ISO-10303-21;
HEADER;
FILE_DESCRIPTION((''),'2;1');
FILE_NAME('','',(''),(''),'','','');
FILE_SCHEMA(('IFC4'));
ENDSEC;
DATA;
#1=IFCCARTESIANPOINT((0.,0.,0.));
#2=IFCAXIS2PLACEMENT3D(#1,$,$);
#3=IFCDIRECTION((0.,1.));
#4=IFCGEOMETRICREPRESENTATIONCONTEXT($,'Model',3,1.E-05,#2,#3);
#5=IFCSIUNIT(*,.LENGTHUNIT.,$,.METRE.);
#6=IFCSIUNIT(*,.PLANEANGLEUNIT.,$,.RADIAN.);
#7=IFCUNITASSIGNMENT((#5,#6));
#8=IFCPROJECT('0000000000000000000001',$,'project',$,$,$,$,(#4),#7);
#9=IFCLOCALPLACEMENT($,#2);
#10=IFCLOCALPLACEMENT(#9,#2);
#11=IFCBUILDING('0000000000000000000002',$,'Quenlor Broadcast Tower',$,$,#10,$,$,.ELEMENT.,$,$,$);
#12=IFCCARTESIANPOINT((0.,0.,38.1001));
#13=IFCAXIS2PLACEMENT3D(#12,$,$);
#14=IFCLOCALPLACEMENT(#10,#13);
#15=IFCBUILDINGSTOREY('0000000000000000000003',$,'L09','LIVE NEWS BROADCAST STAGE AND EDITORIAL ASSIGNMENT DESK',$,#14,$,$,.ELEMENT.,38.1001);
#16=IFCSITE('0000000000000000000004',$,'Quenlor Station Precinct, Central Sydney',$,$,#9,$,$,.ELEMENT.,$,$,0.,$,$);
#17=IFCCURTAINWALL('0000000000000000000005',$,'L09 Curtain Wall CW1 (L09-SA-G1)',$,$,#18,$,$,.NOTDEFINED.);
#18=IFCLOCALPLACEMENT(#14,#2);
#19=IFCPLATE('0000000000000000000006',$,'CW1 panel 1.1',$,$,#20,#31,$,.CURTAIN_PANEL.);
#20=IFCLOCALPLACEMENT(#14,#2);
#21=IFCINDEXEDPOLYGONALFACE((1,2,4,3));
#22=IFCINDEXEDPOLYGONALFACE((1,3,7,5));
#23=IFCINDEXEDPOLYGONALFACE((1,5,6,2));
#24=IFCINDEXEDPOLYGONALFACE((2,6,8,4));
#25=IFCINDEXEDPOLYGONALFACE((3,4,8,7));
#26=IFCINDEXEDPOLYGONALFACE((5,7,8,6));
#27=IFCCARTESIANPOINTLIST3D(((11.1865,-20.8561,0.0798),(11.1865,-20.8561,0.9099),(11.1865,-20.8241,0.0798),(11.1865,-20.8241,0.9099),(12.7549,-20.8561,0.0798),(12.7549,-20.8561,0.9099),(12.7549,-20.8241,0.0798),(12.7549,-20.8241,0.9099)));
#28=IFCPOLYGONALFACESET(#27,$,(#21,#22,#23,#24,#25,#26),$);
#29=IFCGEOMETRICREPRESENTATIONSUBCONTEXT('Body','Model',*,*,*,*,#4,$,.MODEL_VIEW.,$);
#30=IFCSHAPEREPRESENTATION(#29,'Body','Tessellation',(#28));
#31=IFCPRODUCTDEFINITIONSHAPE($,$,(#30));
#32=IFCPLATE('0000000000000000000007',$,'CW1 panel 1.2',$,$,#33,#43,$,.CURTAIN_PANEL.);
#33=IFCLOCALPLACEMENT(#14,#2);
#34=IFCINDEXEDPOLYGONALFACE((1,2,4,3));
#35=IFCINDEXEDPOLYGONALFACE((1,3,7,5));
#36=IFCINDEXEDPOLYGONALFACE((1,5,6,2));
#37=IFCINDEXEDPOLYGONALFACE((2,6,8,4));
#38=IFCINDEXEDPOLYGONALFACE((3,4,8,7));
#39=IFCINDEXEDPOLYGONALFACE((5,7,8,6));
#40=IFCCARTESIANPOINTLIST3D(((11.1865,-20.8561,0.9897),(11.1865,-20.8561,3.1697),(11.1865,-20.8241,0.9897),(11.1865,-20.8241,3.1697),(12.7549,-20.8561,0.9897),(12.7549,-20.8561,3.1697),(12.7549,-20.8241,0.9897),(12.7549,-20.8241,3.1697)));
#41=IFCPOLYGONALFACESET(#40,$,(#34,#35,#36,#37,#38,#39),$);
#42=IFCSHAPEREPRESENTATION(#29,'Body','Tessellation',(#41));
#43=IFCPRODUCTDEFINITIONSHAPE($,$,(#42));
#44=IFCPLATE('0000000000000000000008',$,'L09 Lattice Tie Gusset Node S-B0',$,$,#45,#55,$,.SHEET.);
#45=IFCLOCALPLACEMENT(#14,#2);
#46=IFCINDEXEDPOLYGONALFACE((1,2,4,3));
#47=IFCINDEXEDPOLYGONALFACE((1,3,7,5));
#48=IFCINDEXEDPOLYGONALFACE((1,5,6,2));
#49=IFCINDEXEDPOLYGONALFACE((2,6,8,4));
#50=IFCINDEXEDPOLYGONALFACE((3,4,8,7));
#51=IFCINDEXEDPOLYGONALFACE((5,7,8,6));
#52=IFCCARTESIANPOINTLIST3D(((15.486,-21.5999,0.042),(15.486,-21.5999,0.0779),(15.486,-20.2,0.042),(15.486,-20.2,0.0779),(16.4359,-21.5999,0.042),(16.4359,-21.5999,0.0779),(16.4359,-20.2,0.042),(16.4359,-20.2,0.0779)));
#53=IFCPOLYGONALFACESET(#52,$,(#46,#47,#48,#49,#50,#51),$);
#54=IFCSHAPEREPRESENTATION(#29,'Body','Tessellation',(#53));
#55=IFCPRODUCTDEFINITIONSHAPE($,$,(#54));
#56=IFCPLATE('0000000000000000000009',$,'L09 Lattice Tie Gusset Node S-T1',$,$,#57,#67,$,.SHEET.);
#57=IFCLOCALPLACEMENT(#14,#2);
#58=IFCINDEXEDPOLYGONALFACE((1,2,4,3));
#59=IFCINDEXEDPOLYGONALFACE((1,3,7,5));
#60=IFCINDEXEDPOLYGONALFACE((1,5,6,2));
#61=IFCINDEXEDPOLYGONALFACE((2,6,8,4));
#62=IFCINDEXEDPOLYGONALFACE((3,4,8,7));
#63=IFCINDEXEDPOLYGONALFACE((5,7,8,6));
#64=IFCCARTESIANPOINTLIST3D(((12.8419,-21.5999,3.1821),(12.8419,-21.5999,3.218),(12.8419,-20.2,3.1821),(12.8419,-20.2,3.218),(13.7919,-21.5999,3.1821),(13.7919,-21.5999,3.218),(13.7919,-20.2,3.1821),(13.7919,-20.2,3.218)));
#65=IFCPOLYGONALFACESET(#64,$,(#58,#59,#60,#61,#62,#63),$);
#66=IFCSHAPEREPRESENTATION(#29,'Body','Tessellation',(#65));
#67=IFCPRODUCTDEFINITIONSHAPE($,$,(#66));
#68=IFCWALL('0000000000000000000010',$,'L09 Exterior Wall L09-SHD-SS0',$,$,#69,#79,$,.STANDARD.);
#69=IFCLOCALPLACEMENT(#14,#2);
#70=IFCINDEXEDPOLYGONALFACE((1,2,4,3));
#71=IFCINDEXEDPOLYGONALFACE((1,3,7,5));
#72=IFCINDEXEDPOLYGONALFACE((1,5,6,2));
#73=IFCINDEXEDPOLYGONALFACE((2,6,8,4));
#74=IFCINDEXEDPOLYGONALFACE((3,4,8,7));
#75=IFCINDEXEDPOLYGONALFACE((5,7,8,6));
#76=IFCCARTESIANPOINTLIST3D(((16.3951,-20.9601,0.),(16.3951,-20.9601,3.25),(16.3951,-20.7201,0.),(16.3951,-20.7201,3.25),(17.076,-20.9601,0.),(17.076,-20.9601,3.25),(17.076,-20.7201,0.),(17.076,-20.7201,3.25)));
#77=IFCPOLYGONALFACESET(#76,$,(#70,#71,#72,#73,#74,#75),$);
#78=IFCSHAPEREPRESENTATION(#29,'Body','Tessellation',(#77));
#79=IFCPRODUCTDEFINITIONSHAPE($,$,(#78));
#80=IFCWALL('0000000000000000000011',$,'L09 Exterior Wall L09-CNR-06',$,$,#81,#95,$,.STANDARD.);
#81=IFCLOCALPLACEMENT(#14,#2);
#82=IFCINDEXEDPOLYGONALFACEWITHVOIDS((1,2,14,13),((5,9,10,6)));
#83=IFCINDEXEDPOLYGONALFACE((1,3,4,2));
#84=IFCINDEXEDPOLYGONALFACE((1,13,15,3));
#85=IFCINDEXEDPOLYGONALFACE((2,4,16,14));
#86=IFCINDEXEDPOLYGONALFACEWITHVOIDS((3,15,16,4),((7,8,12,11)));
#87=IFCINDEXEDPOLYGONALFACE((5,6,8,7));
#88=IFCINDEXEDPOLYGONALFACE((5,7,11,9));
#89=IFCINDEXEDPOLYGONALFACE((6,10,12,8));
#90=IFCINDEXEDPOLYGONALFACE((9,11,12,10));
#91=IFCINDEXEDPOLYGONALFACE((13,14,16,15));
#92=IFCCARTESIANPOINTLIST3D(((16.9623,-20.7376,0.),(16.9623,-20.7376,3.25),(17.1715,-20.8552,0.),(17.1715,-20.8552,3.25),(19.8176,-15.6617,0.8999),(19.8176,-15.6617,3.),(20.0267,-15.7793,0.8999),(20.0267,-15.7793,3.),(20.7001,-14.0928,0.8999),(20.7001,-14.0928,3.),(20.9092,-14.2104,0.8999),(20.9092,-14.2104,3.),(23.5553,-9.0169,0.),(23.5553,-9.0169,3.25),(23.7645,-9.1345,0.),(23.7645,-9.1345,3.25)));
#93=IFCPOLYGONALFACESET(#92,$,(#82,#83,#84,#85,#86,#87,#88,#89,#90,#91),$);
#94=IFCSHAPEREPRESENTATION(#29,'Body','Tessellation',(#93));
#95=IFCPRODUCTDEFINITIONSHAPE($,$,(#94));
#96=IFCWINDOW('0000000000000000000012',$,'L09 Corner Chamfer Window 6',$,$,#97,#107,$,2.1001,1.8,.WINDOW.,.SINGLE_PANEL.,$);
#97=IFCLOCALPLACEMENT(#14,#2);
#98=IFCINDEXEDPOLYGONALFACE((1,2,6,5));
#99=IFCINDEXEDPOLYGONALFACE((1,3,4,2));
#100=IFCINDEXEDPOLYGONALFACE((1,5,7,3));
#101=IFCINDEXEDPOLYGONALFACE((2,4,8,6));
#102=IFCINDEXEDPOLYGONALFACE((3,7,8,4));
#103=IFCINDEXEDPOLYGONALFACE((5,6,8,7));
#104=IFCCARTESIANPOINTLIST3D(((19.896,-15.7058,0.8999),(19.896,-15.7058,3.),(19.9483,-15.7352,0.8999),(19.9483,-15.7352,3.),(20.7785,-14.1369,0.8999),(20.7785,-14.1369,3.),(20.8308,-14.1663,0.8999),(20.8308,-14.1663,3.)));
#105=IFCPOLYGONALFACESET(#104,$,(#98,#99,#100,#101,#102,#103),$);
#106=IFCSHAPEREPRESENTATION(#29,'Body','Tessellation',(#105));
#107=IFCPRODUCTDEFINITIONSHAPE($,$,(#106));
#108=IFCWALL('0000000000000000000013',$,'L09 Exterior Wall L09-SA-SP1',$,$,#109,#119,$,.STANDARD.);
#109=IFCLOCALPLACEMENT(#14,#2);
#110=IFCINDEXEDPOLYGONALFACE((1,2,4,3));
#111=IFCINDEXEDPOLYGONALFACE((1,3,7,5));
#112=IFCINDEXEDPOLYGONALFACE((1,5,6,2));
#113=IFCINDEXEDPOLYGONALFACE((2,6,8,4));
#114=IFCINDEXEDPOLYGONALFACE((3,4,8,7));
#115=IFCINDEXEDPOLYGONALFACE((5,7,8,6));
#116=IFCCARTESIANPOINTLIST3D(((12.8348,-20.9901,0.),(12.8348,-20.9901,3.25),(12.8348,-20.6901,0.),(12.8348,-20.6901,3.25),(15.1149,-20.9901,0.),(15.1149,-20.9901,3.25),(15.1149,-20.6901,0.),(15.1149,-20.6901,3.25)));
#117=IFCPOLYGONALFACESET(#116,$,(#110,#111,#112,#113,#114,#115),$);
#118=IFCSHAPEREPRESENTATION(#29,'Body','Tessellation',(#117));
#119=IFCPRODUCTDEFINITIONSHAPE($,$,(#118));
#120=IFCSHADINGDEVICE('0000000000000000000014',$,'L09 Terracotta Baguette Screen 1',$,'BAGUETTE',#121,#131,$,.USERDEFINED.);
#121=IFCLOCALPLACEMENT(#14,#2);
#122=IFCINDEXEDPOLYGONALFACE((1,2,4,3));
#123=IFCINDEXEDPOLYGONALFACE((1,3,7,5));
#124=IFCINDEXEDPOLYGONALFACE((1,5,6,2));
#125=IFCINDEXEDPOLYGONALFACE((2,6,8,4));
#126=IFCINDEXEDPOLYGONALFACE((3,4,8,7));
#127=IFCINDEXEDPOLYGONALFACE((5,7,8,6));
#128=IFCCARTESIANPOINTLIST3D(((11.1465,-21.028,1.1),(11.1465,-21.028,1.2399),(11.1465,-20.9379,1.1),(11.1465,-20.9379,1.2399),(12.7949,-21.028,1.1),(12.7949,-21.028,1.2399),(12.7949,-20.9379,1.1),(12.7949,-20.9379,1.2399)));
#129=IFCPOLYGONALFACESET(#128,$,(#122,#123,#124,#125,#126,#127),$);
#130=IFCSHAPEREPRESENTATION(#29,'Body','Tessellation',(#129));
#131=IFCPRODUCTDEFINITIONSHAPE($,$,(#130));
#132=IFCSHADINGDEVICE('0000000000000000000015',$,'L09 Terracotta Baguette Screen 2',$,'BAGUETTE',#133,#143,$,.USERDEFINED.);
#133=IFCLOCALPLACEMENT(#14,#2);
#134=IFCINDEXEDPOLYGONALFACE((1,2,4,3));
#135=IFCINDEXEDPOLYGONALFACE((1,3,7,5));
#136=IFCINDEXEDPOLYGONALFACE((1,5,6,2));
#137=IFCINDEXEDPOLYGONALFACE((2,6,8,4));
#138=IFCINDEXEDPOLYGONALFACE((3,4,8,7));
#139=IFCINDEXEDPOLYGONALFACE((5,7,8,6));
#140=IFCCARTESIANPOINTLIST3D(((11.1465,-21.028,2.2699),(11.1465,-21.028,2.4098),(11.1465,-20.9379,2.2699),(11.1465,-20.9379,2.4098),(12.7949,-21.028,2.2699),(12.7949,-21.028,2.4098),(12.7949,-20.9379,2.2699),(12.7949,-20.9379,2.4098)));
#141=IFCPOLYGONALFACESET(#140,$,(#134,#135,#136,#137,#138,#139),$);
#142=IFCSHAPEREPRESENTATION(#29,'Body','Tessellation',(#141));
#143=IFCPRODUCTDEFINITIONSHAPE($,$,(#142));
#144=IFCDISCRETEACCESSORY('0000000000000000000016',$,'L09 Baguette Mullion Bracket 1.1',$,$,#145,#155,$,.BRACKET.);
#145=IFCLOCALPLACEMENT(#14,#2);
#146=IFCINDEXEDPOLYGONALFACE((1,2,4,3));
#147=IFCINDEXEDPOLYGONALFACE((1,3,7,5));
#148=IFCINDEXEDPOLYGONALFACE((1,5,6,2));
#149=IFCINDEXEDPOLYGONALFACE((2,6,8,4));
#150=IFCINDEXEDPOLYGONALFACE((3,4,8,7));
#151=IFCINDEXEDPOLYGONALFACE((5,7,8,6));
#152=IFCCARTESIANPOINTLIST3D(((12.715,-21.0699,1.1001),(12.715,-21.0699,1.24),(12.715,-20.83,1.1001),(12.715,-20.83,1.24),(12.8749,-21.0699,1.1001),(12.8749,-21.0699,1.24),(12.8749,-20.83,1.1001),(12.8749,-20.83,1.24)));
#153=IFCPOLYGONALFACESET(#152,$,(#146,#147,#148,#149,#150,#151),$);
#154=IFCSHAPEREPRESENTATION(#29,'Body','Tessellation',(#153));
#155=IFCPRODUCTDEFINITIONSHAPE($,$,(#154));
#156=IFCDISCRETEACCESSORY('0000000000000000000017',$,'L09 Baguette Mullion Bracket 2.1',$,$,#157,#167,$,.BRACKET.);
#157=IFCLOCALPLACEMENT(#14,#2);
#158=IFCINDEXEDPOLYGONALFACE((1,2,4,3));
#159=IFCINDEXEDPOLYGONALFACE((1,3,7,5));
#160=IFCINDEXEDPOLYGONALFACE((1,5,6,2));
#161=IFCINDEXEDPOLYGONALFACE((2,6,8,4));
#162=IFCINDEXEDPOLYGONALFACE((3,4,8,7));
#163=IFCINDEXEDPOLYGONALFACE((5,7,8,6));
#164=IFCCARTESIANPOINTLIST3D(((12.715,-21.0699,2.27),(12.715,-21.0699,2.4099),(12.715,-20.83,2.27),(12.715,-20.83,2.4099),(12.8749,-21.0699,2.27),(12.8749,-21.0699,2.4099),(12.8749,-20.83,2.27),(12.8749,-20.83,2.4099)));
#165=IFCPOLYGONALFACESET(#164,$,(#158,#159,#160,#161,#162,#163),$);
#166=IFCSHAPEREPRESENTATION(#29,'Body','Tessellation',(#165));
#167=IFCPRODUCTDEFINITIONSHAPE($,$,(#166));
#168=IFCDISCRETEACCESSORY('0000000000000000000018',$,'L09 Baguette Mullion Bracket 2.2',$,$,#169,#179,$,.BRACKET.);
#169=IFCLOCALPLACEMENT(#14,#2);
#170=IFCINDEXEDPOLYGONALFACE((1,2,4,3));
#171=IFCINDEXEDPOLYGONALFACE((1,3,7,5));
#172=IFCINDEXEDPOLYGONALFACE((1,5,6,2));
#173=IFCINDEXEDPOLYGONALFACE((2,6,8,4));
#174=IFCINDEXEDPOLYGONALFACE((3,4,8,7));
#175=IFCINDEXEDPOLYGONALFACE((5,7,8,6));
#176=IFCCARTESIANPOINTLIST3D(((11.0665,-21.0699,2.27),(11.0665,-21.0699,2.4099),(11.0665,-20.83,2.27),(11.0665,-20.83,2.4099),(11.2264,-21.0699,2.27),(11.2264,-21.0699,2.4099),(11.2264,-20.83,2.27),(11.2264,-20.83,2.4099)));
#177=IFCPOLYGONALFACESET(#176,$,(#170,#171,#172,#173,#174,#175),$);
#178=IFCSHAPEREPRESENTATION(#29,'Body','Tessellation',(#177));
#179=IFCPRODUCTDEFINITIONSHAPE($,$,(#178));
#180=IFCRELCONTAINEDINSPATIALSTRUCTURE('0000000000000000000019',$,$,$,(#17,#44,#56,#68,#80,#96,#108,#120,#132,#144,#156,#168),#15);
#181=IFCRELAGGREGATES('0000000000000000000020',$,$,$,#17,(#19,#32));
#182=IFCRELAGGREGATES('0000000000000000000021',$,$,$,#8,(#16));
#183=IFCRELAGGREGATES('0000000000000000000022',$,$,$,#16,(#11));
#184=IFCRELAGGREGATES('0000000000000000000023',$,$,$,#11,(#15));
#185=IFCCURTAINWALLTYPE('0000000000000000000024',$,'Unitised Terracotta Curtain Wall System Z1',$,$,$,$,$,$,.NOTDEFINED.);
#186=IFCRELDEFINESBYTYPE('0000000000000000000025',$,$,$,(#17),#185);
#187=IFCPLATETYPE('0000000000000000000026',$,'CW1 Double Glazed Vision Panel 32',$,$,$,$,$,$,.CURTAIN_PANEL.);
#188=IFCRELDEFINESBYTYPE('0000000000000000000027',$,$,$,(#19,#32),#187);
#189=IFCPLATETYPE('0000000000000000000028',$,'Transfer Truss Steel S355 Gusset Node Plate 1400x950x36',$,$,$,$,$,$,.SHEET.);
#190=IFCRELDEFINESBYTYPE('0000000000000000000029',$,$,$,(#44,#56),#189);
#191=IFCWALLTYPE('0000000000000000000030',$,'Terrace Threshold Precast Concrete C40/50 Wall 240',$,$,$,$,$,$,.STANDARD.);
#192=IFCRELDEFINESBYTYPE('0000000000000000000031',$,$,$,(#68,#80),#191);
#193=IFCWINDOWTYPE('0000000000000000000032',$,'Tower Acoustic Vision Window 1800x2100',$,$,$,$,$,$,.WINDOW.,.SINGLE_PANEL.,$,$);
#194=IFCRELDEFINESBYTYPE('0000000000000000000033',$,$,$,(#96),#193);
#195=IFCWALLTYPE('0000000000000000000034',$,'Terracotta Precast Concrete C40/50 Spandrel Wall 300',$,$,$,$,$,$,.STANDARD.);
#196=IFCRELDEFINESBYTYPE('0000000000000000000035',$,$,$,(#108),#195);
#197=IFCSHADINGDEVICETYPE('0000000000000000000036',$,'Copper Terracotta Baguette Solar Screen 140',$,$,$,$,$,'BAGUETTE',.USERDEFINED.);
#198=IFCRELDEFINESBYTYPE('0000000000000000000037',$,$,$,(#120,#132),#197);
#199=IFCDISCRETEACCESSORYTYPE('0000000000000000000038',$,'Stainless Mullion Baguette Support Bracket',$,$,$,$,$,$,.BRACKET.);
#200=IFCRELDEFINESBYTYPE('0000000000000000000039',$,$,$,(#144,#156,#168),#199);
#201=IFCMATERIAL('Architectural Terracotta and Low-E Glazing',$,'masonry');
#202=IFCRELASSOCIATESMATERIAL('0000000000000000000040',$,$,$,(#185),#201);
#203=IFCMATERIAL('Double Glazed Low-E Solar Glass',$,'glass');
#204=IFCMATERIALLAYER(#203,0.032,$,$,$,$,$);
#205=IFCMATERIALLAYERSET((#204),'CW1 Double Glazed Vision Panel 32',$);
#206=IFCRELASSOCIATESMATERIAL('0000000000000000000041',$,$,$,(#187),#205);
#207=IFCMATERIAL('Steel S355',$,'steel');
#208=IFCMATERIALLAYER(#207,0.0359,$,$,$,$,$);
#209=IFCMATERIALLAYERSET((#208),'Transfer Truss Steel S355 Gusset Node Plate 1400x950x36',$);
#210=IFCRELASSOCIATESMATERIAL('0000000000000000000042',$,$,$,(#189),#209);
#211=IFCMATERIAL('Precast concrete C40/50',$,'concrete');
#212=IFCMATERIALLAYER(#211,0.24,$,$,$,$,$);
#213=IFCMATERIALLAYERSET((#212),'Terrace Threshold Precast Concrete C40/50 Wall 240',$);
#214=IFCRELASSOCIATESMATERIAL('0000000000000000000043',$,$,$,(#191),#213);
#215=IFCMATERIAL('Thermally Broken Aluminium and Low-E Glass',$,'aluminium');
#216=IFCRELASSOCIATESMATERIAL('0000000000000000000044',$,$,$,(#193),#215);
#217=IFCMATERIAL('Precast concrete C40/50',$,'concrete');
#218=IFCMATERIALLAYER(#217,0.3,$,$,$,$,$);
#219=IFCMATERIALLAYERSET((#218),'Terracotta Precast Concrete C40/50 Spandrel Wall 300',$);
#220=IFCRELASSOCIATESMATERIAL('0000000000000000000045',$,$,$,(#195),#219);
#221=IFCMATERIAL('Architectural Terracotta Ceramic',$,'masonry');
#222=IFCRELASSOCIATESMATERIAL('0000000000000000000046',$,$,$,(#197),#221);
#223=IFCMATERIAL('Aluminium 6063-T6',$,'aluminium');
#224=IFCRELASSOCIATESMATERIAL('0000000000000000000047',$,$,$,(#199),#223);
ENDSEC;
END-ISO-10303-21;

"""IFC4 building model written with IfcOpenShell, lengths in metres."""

from ifc_helpers import new_model, si_unit, direction, frame, frame_2d, origin, origin_2d, place, context, subcontext, project, spatial, rectangle, extrude, material, layer, layer_set, material_profile, profile_set, type_object, element, fill, aggregate, save


model = new_model("IFC4")

# Units and contexts
model_context = context("Model", 3, precision=1e-05, world=origin(), true_north=direction((0.0, 1.0)))
body_context = subcontext(model_context, "Body", "Model", "MODEL_VIEW")
ifc_project = project(units=[si_unit("LENGTHUNIT", "METRE"), si_unit("PLANEANGLEUNIT", "RADIAN")], contexts=[model_context])

# Site, building, storey
site_placement = place(None, origin())
site = spatial("IfcSite", under=ifc_project, at=site_placement, Name="Quenlor Station Precinct, Central Sydney", CompositionType="ELEMENT", RefElevation=0.0)
building_placement = place(site_placement, origin())
building = spatial("IfcBuilding", under=site, at=building_placement, Name="Quenlor Broadcast Tower", CompositionType="ELEMENT")
storey_placement = place(building_placement, frame((0.0, 0.0, 38.1001)))
storey = spatial("IfcBuildingStorey", under=building, at=storey_placement, Name="L09", Description="LIVE NEWS BROADCAST STAGE AND EDITORIAL ASSIGNMENT DESK", CompositionType="ELEMENT", Elevation=38.1001)

# Curtain wall
ifc_material_1 = material(Name="Architectural Terracotta and Low-E Glazing", Category="masonry")
curtain_wall_type = type_object("IfcCurtainWallType", Name="Unitised Terracotta Curtain Wall System Z1", PredefinedType="NOTDEFINED", material=ifc_material_1)
curtain_wall_placement = place(storey_placement, origin())
curtain_wall = element("IfcCurtainWall", 1, at=curtain_wall_placement, inside=storey, type_object=curtain_wall_type, Name="L09 Curtain Wall CW1 (L09-SA-G1)", PredefinedType="NOTDEFINED")

# Plates
ifc_material_2 = material(Name="Double Glazed Low-E Solar Glass", Category="glass")
ifc_layer_1 = layer(ifc_material_2, 0.032)
ifc_layer_set_1 = layer_set([ifc_layer_1], Name="CW1 Double Glazed Vision Panel 32")
plate_type_1 = type_object("IfcPlateType", Name="CW1 Double Glazed Vision Panel 32", PredefinedType="CURTAIN_PANEL", material=ifc_layer_set_1)
plate_1_placement = place(storey_placement, frame((11.9707, -20.8401, 0.0798), z_axis=(0.0, 0.0, 1.0), x_axis=(-1.0, 0.0, 0.0)))
plate_1 = element("IfcPlate", 2, at=plate_1_placement, type_object=plate_type_1, Name="CW1 panel 1.1", PredefinedType="CURTAIN_PANEL", context=body_context, shape_type="SweptSolid", body=[
    extrude(rectangle(XDim=1.5684, YDim=0.032, at=origin_2d()), origin(), (0.0, 0.0, 1.0), 0.8301),
])
plate_2_placement = place(storey_placement, frame((11.9707, -20.8401, 0.9897), z_axis=(0.0, 0.0, 1.0), x_axis=(-1.0, 0.0, 0.0)))
plate_2 = element("IfcPlate", 3, at=plate_2_placement, type_object=plate_type_1, Name="CW1 panel 1.2", PredefinedType="CURTAIN_PANEL", context=body_context, shape_type="SweptSolid", body=[
    extrude(rectangle(XDim=1.5684, YDim=0.032, at=origin_2d()), origin(), (0.0, 0.0, 1.0), 2.1799),
])
aggregate(curtain_wall, [plate_1, plate_2])

# Plates
ifc_material_3 = material(Name="Steel S355", Category="steel")
ifc_layer_2 = layer(ifc_material_3, 0.0359)
ifc_layer_set_2 = layer_set([ifc_layer_2], Name="Transfer Truss Steel S355 Gusset Node Plate 1400x950x36")
plate_type_2 = type_object("IfcPlateType", Name="Transfer Truss Steel S355 Gusset Node Plate 1400x950x36", PredefinedType="SHEET", material=ifc_layer_set_2)
for number, where, z_axis, x_axis, name in (
    (4, (15.9609, -20.8999, 0.042), (0.0, 0.0, 1.0), (0.0, -1.0, 0.0), "L09 Lattice Tie Gusset Node S-B0"),
    (5, (13.3169, -20.8999, 3.1821), (0.0, 0.0, 1.0), (0.0, -1.0, 0.0), "L09 Lattice Tie Gusset Node S-T1"),
):
    element("IfcPlate", number, at=place(storey_placement, frame(where, z_axis=z_axis, x_axis=x_axis)), inside=storey, type_object=plate_type_2, Name=name, PredefinedType="SHEET", context=body_context, shape_type="SweptSolid", body=[
        extrude(rectangle(XDim=1.3999, YDim=0.95, at=origin_2d()), origin(), (0.0, 0.0, 1.0), 0.0359),
    ])

# Wall
ifc_material_4 = material(Name="Precast concrete C40/50", Category="concrete")
ifc_layer_3 = layer(ifc_material_4, 0.24)
ifc_layer_set_3 = layer_set([ifc_layer_3], Name="Terrace Threshold Precast Concrete C40/50 Wall 240")
wall_type_1 = type_object("IfcWallType", Name="Terrace Threshold Precast Concrete C40/50 Wall 240", PredefinedType="STANDARD", material=ifc_layer_set_3)
wall_1_placement = place(storey_placement, frame((17.0759, -20.8401, 0.0), z_axis=(0.0, 0.0, 1.0), x_axis=(-1.0, 0.0, 0.0)))
element("IfcWall", 6, at=wall_1_placement, inside=storey, type_object=wall_type_1, Name="L09 Exterior Wall L09-SHD-SS0", PredefinedType="STANDARD", context=body_context, shape_type="SweptSolid", body=[
    extrude(rectangle(XDim=0.6809, YDim=0.24, at=frame_2d((0.3403, 0.0))), origin(), (0.0, 0.0, 1.0), 3.25),
])

# Wall, opening, window
wall_2_placement = place(storey_placement, frame((17.0669, -20.7964, 0.0), z_axis=(0.0, 0.0, 1.0), x_axis=(0.490268, 0.871572, 0.0)))
wall_2 = element("IfcWall", 7, at=wall_2_placement, inside=storey, type_object=wall_type_1, Name="L09 Exterior Wall L09-CNR-06", PredefinedType="STANDARD", context=body_context, shape_type="SweptSolid", body=[
    extrude(rectangle(XDim=13.4478, YDim=0.24, at=frame_2d((6.7239, 0.0))), origin(), (0.0, 0.0, 1.0), 3.25),
])
opening_placement = place(wall_2_placement, frame((5.824, 0.0, 0.8999)))
opening = element("IfcOpeningElement", 8, at=opening_placement, cuts=wall_2, PredefinedType="OPENING", context=body_context, shape_type="SweptSolid", body=[
    extrude(rectangle(XDim=1.8, YDim=2.1001, at=frame_2d((0.8999, 1.05))), frame((0.0, 0.1299, 0.0), z_axis=(0.0, -1.0, 0.0), x_axis=(1.0, 0.0, 0.0)), (0.0, 0.0, 1.0), 0.26),
])
ifc_material_5 = material(Name="Thermally Broken Aluminium and Low-E Glass", Category="aluminium")
window_type = type_object("IfcWindowType", Name="Tower Acoustic Vision Window 1800x2100", PartitioningType="SINGLE_PANEL", PredefinedType="WINDOW", material=ifc_material_5)
window_placement = place(opening_placement, origin())
window = element("IfcWindow", 9, at=window_placement, inside=storey, type_object=window_type, Name="L09 Corner Chamfer Window 6", OverallHeight=2.1001, OverallWidth=1.8, PartitioningType="SINGLE_PANEL", PredefinedType="WINDOW", context=body_context, shape_type="SweptSolid", body=[
    extrude(rectangle(XDim=1.8, YDim=2.1001, at=frame_2d((0.8999, 1.05))), frame((0.0, 0.03, 0.0), z_axis=(0.0, -1.0, 0.0), x_axis=(1.0, 0.0, 0.0)), (0.0, 0.0, 1.0), 0.0601),
])
fill(opening, window)

# Wall
ifc_material_6 = material(Name="Precast concrete C40/50", Category="concrete")
ifc_layer_4 = layer(ifc_material_6, 0.3)
ifc_layer_set_4 = layer_set([ifc_layer_4], Name="Terracotta Precast Concrete C40/50 Spandrel Wall 300")
wall_type_2 = type_object("IfcWallType", Name="Terracotta Precast Concrete C40/50 Spandrel Wall 300", PredefinedType="STANDARD", material=ifc_layer_set_4)
wall_3_placement = place(storey_placement, frame((15.115, -20.8401, 0.0), z_axis=(0.0, 0.0, 1.0), x_axis=(-1.0, 0.0, 0.0)))
element("IfcWall", 10, at=wall_3_placement, inside=storey, type_object=wall_type_2, Name="L09 Exterior Wall L09-SA-SP1", PredefinedType="STANDARD", context=body_context, shape_type="SweptSolid", body=[
    extrude(rectangle(XDim=2.28, YDim=0.3, at=frame_2d((1.1401, 0.0))), origin(), (0.0, 0.0, 1.0), 3.25),
])

# Shading devices
ifc_material_7 = material(Name="Architectural Terracotta Ceramic", Category="masonry")
ifc_material_profile_1 = material_profile(ifc_material_7, rectangle(XDim=0.0901, YDim=0.1399, at=origin_2d()))
ifc_profile_set_1 = profile_set([ifc_material_profile_1], Name="Architectural Terracotta Ceramic BAG90x140")
shading_device_type = type_object("IfcShadingDeviceType", Name="Copper Terracotta Baguette Solar Screen 140", ElementType="BAGUETTE", PredefinedType="USERDEFINED", material=ifc_profile_set_1)
for number, where, z_axis, x_axis, name in (
    (11, (12.7949, -20.9829, 1.1699), (-1.0, 0.0, 0.0), (0.0, -1.0, 0.0), "L09 Terracotta Baguette Screen 1"),
    (12, (12.7949, -20.9829, 2.3398), (-1.0, 0.0, 0.0), (0.0, -1.0, 0.0), "L09 Terracotta Baguette Screen 2"),
):
    element("IfcShadingDevice", number, at=place(storey_placement, frame(where, z_axis=z_axis, x_axis=x_axis)), inside=storey, type_object=shading_device_type, Name=name, ObjectType="BAGUETTE", PredefinedType="USERDEFINED", context=body_context, shape_type="SweptSolid", body=[
        extrude(rectangle(XDim=0.0901, YDim=0.1399, at=origin_2d()), origin(), (0.0, 0.0, 1.0), 1.6484),
    ])

# Discrete accessories
ifc_material_8 = material(Name="Aluminium 6063-T6", Category="aluminium")
discrete_accessory_type = type_object("IfcDiscreteAccessoryType", Name="Stainless Mullion Baguette Support Bracket", PredefinedType="BRACKET", material=ifc_material_8)
for number, where, z_axis, x_axis, name in (
    (13, (12.7949, -20.95, 1.1001), (0.0, 0.0, 1.0), (-1.0, 0.0, 0.0), "L09 Baguette Mullion Bracket 1.1"),
    (14, (12.7949, -20.95, 2.27), (0.0, 0.0, 1.0), (-1.0, 0.0, 0.0), "L09 Baguette Mullion Bracket 2.1"),
    (15, (11.1465, -20.95, 2.27), (0.0, 0.0, 1.0), (-1.0, 0.0, 0.0), "L09 Baguette Mullion Bracket 2.2"),
):
    element("IfcDiscreteAccessory", number, at=place(storey_placement, frame(where, z_axis=z_axis, x_axis=x_axis)), inside=storey, type_object=discrete_accessory_type, Name=name, PredefinedType="BRACKET", context=body_context, shape_type="SweptSolid", body=[
        extrude(rectangle(XDim=0.1599, YDim=0.24, at=origin_2d()), origin(), (0.0, 0.0, 1.0), 0.1399),
    ])

save(model, "model.ifc")
